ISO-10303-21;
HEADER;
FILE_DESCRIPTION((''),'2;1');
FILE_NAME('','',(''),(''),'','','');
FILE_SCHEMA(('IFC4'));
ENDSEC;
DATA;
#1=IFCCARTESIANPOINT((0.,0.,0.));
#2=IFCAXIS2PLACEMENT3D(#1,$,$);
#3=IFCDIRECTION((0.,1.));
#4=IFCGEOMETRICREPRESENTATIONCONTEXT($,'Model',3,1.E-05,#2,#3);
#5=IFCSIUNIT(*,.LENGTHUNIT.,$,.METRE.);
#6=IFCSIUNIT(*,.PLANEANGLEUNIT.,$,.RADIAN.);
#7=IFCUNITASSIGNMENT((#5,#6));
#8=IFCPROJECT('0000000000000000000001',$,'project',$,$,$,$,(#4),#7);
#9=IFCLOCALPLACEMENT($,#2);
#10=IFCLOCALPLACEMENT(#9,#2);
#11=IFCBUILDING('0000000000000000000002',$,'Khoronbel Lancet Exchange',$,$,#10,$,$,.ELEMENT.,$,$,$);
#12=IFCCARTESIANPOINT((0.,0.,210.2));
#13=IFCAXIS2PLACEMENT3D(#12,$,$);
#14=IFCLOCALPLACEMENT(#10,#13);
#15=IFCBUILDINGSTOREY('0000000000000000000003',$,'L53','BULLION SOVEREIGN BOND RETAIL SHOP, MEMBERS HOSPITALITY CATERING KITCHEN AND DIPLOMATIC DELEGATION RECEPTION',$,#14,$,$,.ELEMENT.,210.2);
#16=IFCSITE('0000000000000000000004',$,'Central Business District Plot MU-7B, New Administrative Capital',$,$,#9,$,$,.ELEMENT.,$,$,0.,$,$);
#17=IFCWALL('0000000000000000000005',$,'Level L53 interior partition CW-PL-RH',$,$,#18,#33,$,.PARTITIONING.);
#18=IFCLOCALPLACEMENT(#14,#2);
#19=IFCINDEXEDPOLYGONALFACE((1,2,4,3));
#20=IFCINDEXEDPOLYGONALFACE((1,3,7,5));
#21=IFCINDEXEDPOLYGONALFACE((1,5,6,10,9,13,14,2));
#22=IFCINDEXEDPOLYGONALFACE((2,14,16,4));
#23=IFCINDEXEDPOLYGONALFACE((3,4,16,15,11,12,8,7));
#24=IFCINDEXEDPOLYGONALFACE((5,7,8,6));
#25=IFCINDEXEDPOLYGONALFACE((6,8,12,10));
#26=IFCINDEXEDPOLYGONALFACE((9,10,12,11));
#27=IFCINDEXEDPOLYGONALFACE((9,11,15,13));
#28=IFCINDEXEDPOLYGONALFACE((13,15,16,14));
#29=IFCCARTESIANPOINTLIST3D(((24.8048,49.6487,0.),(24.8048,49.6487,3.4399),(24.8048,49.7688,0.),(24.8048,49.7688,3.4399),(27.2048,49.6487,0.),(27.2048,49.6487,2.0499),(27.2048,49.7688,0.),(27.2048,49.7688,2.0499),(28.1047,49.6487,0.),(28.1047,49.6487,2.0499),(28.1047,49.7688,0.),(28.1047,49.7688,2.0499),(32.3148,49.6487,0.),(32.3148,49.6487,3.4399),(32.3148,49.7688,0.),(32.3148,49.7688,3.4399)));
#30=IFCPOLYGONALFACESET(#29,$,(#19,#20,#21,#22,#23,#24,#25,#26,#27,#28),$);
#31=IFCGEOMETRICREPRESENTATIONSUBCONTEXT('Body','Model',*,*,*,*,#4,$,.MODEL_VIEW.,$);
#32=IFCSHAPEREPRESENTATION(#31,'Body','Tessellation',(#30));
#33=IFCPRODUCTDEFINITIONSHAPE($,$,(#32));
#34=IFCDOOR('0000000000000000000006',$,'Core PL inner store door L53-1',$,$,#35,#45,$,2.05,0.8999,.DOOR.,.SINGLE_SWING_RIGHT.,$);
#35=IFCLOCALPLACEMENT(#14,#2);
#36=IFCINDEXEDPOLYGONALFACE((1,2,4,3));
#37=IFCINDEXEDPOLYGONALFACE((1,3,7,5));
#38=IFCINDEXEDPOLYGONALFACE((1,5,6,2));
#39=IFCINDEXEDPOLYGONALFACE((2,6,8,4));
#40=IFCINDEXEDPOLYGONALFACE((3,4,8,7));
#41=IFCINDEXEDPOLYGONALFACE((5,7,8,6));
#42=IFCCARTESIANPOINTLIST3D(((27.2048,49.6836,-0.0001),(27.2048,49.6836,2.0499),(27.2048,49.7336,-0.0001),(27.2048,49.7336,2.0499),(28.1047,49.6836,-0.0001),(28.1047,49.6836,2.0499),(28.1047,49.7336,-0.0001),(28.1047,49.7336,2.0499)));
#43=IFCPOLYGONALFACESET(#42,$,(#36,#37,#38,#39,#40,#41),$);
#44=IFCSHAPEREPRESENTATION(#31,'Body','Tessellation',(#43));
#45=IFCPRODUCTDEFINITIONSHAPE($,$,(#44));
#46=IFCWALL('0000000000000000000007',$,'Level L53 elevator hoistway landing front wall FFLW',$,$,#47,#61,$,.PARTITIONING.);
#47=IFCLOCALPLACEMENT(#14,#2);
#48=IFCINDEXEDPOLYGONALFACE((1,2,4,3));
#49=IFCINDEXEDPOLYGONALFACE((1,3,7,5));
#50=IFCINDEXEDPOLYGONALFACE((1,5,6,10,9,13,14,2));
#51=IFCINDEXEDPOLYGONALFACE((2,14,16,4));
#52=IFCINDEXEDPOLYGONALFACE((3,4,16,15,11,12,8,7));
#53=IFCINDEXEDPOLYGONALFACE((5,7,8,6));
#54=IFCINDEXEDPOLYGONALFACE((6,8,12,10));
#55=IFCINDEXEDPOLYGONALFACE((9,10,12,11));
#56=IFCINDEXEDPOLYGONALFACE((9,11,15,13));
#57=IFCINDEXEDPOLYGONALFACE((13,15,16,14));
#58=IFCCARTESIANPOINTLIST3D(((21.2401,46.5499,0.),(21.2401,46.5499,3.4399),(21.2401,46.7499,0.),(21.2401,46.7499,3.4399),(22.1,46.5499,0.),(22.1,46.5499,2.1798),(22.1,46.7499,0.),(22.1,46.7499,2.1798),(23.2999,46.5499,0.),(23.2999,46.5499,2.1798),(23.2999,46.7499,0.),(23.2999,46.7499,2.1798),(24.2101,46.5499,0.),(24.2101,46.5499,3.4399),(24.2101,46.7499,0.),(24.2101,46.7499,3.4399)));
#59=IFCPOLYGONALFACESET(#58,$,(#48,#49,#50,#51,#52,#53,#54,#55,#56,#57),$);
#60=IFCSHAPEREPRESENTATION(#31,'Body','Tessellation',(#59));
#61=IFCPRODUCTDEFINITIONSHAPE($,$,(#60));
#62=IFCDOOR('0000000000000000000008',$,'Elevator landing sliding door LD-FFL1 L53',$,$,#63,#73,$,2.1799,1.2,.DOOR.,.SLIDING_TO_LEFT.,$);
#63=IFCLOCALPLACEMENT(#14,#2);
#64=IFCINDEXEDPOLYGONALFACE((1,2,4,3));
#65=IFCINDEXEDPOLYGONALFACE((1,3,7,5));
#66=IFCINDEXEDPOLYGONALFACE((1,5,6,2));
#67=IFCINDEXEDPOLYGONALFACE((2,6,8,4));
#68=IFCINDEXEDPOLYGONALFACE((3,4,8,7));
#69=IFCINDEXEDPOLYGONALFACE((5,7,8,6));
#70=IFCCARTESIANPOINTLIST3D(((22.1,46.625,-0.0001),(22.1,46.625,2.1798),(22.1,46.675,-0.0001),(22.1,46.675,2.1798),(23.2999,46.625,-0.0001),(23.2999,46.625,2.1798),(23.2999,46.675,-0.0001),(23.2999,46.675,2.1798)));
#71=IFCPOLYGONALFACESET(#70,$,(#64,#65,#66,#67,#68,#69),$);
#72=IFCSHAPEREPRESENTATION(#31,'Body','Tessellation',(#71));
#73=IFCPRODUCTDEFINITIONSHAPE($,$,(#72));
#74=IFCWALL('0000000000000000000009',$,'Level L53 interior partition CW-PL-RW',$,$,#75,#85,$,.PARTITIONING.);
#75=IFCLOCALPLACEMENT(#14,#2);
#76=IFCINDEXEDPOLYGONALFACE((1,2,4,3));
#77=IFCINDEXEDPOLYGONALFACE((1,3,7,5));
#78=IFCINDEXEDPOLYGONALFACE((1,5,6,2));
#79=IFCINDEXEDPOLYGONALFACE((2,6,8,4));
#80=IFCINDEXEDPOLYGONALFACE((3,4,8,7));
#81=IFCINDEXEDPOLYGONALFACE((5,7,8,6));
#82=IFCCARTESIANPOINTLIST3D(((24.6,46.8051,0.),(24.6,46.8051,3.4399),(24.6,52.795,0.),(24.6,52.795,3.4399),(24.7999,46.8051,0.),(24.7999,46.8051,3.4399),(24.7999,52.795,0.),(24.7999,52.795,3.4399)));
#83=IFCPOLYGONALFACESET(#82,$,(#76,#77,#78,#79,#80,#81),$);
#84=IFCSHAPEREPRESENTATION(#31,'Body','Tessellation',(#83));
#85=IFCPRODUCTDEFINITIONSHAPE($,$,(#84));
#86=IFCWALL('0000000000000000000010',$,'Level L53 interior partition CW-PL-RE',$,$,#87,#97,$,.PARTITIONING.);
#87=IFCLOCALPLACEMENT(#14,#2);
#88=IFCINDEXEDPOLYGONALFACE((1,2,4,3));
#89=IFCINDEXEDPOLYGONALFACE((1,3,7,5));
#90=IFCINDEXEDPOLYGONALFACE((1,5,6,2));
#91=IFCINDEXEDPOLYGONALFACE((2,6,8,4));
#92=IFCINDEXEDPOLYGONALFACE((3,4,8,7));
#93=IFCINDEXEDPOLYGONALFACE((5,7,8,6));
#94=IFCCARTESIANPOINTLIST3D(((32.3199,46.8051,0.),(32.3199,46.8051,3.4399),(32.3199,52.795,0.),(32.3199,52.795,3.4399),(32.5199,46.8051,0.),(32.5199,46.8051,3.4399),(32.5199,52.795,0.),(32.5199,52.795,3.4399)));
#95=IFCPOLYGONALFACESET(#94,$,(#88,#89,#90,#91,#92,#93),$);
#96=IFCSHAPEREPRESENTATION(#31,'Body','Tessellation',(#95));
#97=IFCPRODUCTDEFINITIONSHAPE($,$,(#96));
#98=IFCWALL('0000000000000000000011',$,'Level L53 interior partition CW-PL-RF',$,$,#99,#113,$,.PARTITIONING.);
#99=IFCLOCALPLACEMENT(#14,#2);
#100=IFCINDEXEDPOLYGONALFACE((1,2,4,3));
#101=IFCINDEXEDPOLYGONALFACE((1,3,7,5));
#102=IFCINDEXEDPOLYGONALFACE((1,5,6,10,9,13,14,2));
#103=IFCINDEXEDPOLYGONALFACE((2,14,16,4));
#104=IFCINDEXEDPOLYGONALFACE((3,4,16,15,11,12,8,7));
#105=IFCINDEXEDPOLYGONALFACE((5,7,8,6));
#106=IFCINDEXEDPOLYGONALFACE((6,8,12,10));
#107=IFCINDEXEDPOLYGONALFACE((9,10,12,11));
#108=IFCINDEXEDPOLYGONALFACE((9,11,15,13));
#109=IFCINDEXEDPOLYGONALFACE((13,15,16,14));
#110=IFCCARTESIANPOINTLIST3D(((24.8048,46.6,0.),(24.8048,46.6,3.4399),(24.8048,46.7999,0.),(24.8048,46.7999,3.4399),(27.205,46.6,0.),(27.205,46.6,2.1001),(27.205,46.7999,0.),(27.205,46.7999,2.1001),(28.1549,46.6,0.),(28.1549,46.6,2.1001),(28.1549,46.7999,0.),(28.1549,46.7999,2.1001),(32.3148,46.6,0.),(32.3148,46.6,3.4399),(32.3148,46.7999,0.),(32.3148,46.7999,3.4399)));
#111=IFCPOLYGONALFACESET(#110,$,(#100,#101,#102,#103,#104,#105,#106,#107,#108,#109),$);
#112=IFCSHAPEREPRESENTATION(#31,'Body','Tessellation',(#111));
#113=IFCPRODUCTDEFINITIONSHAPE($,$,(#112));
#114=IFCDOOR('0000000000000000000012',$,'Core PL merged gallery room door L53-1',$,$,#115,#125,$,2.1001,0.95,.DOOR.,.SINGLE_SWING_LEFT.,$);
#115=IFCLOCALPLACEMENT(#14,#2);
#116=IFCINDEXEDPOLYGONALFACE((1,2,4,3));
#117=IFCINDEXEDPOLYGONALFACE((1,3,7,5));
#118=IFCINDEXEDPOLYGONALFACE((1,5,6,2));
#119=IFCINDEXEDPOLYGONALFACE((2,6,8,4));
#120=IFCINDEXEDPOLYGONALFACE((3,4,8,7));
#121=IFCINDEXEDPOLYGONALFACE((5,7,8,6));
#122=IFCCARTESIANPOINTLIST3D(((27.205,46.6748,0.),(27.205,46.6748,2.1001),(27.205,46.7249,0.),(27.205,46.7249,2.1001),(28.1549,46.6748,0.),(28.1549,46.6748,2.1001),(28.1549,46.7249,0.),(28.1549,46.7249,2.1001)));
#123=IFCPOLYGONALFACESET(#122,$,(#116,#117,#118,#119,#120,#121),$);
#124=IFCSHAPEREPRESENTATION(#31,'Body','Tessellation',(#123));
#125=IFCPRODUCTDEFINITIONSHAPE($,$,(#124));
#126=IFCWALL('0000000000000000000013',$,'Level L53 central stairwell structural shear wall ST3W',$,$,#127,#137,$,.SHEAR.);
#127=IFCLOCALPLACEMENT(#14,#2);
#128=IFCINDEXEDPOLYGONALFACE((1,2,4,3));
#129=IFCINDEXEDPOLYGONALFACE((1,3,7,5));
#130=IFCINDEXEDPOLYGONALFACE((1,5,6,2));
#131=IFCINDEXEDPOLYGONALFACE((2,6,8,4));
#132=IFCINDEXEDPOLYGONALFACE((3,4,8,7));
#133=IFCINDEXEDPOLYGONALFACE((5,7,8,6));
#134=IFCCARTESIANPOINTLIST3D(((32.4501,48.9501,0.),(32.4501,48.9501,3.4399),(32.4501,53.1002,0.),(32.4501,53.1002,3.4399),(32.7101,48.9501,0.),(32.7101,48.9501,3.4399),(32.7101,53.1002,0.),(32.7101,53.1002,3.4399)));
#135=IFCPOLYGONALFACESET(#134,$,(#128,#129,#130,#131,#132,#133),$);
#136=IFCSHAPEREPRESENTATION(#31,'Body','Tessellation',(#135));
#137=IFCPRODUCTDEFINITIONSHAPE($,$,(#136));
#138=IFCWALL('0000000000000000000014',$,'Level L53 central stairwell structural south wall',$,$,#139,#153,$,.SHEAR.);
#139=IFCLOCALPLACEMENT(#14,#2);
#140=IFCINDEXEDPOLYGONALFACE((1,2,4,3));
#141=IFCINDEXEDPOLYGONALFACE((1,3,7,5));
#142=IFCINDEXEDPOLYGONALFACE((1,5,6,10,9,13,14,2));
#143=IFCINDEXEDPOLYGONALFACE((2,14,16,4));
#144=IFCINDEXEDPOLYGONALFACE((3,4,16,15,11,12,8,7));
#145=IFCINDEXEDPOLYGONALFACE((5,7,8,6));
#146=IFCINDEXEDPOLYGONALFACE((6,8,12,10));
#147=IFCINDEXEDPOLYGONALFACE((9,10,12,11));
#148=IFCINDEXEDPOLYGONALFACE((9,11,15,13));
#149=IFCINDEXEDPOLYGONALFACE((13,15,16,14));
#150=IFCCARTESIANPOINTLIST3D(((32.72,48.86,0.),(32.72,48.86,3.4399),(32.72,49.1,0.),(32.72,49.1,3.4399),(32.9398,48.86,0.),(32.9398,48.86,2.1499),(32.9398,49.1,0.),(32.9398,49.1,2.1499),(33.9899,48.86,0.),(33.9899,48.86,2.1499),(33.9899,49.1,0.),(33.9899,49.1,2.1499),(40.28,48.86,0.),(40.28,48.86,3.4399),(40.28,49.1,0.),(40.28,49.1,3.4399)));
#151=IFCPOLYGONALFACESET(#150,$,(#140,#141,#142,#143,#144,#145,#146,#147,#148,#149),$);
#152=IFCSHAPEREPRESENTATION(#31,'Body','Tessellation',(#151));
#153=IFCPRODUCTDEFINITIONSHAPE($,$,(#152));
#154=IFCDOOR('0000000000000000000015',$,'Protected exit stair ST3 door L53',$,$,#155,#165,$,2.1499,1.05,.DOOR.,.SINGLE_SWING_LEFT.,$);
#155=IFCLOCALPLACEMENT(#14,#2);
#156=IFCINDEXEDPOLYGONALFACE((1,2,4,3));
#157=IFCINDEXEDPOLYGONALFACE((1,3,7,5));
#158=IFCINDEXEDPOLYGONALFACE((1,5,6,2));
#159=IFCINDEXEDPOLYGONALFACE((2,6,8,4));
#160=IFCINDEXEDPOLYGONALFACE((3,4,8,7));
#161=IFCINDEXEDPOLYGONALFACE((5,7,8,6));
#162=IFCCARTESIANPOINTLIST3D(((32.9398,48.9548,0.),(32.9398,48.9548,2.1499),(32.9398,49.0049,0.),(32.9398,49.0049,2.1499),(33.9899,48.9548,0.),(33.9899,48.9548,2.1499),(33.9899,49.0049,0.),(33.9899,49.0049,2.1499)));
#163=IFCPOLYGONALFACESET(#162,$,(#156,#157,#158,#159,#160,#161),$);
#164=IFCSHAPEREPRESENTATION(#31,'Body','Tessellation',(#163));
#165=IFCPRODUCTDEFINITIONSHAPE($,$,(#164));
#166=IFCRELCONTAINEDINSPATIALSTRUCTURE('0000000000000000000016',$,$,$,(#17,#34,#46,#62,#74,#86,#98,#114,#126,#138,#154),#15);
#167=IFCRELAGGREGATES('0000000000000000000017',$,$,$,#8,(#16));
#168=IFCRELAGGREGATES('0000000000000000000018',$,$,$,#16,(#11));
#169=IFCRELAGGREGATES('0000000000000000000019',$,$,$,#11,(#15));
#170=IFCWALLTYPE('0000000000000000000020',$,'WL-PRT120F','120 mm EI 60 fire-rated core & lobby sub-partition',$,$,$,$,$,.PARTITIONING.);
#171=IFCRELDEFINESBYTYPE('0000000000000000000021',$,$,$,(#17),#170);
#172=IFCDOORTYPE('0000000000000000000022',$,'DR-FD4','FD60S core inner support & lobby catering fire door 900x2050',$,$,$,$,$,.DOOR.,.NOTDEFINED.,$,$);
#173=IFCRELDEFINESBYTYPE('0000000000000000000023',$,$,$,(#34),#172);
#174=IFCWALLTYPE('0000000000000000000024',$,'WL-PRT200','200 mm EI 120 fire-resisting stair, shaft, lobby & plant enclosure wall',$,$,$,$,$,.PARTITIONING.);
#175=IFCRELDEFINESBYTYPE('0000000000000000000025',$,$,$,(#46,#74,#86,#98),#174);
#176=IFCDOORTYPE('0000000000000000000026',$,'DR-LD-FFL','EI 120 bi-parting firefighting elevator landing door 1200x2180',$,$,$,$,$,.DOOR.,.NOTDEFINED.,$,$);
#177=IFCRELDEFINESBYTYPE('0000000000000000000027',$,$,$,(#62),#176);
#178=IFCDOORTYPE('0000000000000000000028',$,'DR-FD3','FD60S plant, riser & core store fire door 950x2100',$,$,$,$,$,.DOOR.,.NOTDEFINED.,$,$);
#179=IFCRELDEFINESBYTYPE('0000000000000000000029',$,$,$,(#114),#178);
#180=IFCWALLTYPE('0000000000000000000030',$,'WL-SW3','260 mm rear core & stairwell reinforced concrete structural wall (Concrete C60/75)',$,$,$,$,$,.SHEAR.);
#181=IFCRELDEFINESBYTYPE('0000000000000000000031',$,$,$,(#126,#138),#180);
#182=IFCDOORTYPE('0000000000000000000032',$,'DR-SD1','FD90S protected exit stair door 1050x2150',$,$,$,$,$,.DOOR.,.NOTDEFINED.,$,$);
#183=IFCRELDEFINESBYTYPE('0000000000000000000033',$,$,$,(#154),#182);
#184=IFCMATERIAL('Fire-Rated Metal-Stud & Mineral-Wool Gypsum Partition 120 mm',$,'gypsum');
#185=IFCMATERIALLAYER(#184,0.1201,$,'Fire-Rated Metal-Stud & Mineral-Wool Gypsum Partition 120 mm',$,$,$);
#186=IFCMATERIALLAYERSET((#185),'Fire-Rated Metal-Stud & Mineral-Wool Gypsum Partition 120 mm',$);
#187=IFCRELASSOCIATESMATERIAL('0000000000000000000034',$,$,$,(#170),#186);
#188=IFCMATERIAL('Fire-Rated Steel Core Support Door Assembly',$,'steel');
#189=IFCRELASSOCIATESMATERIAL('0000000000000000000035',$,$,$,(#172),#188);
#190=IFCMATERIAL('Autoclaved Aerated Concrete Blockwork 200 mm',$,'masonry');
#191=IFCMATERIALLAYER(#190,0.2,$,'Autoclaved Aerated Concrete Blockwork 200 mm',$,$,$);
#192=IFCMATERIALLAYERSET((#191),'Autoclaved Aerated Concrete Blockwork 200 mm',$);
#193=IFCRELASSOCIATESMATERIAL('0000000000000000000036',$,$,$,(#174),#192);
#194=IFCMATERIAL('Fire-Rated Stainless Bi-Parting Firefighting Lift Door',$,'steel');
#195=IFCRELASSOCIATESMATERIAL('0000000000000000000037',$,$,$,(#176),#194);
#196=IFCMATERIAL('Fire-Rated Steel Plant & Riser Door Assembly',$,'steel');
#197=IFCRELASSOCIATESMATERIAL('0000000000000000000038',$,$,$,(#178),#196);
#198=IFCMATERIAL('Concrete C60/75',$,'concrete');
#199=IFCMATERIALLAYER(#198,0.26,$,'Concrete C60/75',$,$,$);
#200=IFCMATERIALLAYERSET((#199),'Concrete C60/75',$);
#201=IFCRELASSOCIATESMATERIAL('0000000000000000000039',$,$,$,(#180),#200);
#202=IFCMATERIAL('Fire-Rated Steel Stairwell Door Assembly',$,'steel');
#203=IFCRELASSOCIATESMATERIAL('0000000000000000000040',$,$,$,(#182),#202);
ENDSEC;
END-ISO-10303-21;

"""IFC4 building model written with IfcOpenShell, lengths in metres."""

from ifc_helpers import new_model, si_unit, direction, frame, frame_2d, origin, place, context, subcontext, project, spatial, rectangle, extrude, material, layer, layer_set, type_object, element, fill, save


model = new_model("IFC4")

# Units and contexts
model_context = context("Model", 3, precision=1e-05, world=origin(), true_north=direction((0.0, 1.0)))
body_context = subcontext(model_context, "Body", "Model", "MODEL_VIEW")
ifc_project = project(units=[si_unit("LENGTHUNIT", "METRE"), si_unit("PLANEANGLEUNIT", "RADIAN")], contexts=[model_context])

# Site, building, storey
site_placement = place(None, origin())
site = spatial("IfcSite", under=ifc_project, at=site_placement, Name="Central Business District Plot MU-7B, New Administrative Capital", CompositionType="ELEMENT", RefElevation=0.0)
building_placement = place(site_placement, origin())
building = spatial("IfcBuilding", under=site, at=building_placement, Name="Khoronbel Lancet Exchange", CompositionType="ELEMENT")
storey_placement = place(building_placement, frame((0.0, 0.0, 210.2)))
storey = spatial("IfcBuildingStorey", under=building, at=storey_placement, Name="L53", Description="BULLION SOVEREIGN BOND RETAIL SHOP, MEMBERS HOSPITALITY CATERING KITCHEN AND DIPLOMATIC DELEGATION RECEPTION", CompositionType="ELEMENT", Elevation=210.2)

# Shared definitions
ifc_material_1 = material(Name="Fire-Rated Metal-Stud & Mineral-Wool Gypsum Partition 120 mm", Category="gypsum")
ifc_layer_1 = layer(ifc_material_1, 0.1201, Name="Fire-Rated Metal-Stud & Mineral-Wool Gypsum Partition 120 mm")
ifc_layer_set_1 = layer_set([ifc_layer_1], Name="Fire-Rated Metal-Stud & Mineral-Wool Gypsum Partition 120 mm")
wall_type_1 = type_object("IfcWallType", Name="WL-PRT120F", Description="120 mm EI 60 fire-rated core & lobby sub-partition", PredefinedType="PARTITIONING", material=ifc_layer_set_1)

# Walls, openings, doors
wall_1_placement = place(storey_placement, frame((24.8049, 49.7087, 0.0), z_axis=(0.0, 0.0, 1.0), x_axis=(1.0, 0.0, 0.0)))
wall_1 = element("IfcWall", 1, at=wall_1_placement, inside=storey, type_object=wall_type_1, Name="Level L53 interior partition CW-PL-RH", PredefinedType="PARTITIONING", context=body_context, shape_type="SweptSolid", body=[
    extrude(rectangle(XDim=7.51, YDim=0.1201, at=frame_2d((3.7549, 0.0))), origin(), (0.0, 0.0, 1.0), 3.4399),
])
opening_1_placement = place(wall_1_placement, frame((2.3999, 0.0, 0.0)))
opening_1 = element("IfcOpeningElement", 2, at=opening_1_placement, cuts=wall_1, PredefinedType="OPENING", context=body_context, shape_type="SweptSolid", body=[
    extrude(rectangle(XDim=0.8999, YDim=2.05, at=frame_2d((0.45, 1.0249))), frame((0.0, 0.0701, 0.0), z_axis=(0.0, -1.0, 0.0), x_axis=(1.0, 0.0, 0.0)), (0.0, 0.0, 1.0), 0.1401),
])
ifc_material_2 = material(Name="Fire-Rated Steel Core Support Door Assembly", Category="steel")
door_type_1 = type_object("IfcDoorType", Name="DR-FD4", Description="FD60S core inner support & lobby catering fire door 900x2050", OperationType="NOTDEFINED", PredefinedType="DOOR", material=ifc_material_2)
door_1_placement = place(opening_1_placement, origin())
door_1 = element("IfcDoor", 3, at=door_1_placement, inside=storey, type_object=door_type_1, Name="Core PL inner store door L53-1", OperationType="SINGLE_SWING_RIGHT", OverallHeight=2.05, OverallWidth=0.8999, PredefinedType="DOOR", context=body_context, shape_type="SweptSolid", body=[
    extrude(rectangle(XDim=0.8999, YDim=2.05, at=frame_2d((0.45, 1.0249))), frame((0.0, 0.0249, 0.0), z_axis=(0.0, -1.0, 0.0), x_axis=(1.0, 0.0, 0.0)), (0.0, 0.0, 1.0), 0.05),
])
fill(opening_1, door_1)
ifc_material_3 = material(Name="Autoclaved Aerated Concrete Blockwork 200 mm", Category="masonry")
ifc_layer_2 = layer(ifc_material_3, 0.2, Name="Autoclaved Aerated Concrete Blockwork 200 mm")
ifc_layer_set_2 = layer_set([ifc_layer_2], Name="Autoclaved Aerated Concrete Blockwork 200 mm")
wall_type_2 = type_object("IfcWallType", Name="WL-PRT200", Description="200 mm EI 120 fire-resisting stair, shaft, lobby & plant enclosure wall", PredefinedType="PARTITIONING", material=ifc_layer_set_2)
wall_2_placement = place(storey_placement, frame((24.21, 46.6499, 0.0), z_axis=(0.0, 0.0, 1.0), x_axis=(-1.0, 0.0, 0.0)))
wall_2 = element("IfcWall", 4, at=wall_2_placement, inside=storey, type_object=wall_type_2, Name="Level L53 elevator hoistway landing front wall FFLW", PredefinedType="PARTITIONING", context=body_context, shape_type="SweptSolid", body=[
    extrude(rectangle(XDim=2.97, YDim=0.2, at=frame_2d((1.4849, 0.0))), origin(), (0.0, 0.0, 1.0), 3.4399),
])
opening_2_placement = place(wall_2_placement, frame((0.9099, 0.0, 0.0)))
opening_2 = element("IfcOpeningElement", 5, at=opening_2_placement, cuts=wall_2, PredefinedType="OPENING", context=body_context, shape_type="SweptSolid", body=[
    extrude(rectangle(XDim=1.2, YDim=2.1799, at=frame_2d((0.6001, 1.0898))), frame((0.0, 0.1099, 0.0), z_axis=(0.0, -1.0, 0.0), x_axis=(1.0, 0.0, 0.0)), (0.0, 0.0, 1.0), 0.22),
])
ifc_material_4 = material(Name="Fire-Rated Stainless Bi-Parting Firefighting Lift Door", Category="steel")
door_type_2 = type_object("IfcDoorType", Name="DR-LD-FFL", Description="EI 120 bi-parting firefighting elevator landing door 1200x2180", OperationType="NOTDEFINED", PredefinedType="DOOR", material=ifc_material_4)
door_2_placement = place(opening_2_placement, origin())
door_2 = element("IfcDoor", 6, at=door_2_placement, inside=storey, type_object=door_type_2, Name="Elevator landing sliding door LD-FFL1 L53", OperationType="SLIDING_TO_LEFT", OverallHeight=2.1799, OverallWidth=1.2, PredefinedType="DOOR", context=body_context, shape_type="SweptSolid", body=[
    extrude(rectangle(XDim=1.2, YDim=2.1799, at=frame_2d((0.6001, 1.0898))), frame((0.0, 0.0249, 0.0), z_axis=(0.0, -1.0, 0.0), x_axis=(1.0, 0.0, 0.0)), (0.0, 0.0, 1.0), 0.05),
])
fill(opening_2, door_2)

# Walls
for number, where, z_axis, x_axis, name in (
    (7, (24.7, 46.8049, 0.0), (0.0, 0.0, 1.0), (0.0, 1.0, 0.0), "Level L53 interior partition CW-PL-RW"),
    (8, (32.4199, 46.8049, 0.0), (0.0, 0.0, 1.0), (0.0, 1.0, 0.0), "Level L53 interior partition CW-PL-RE"),
):
    element("IfcWall", number, at=place(storey_placement, frame(where, z_axis=z_axis, x_axis=x_axis)), inside=storey, type_object=wall_type_2, Name=name, PredefinedType="PARTITIONING", context=body_context, shape_type="SweptSolid", body=[
        extrude(rectangle(XDim=5.99, YDim=0.2, at=frame_2d((2.9951, 0.0))), origin(), (0.0, 0.0, 1.0), 3.4399),
    ])

# Wall, opening, door
wall_3_placement = place(storey_placement, frame((24.8049, 46.7, 0.0), z_axis=(0.0, 0.0, 1.0), x_axis=(1.0, 0.0, 0.0)))
wall_3 = element("IfcWall", 9, at=wall_3_placement, inside=storey, type_object=wall_type_2, Name="Level L53 interior partition CW-PL-RF", PredefinedType="PARTITIONING", context=body_context, shape_type="SweptSolid", body=[
    extrude(rectangle(XDim=7.51, YDim=0.2, at=frame_2d((3.7549, 0.0))), origin(), (0.0, 0.0, 1.0), 3.4399),
])
opening_3_placement = place(wall_3_placement, frame((2.3999, 0.0, 0.0)))
opening_3 = element("IfcOpeningElement", 10, at=opening_3_placement, cuts=wall_3, PredefinedType="OPENING", context=body_context, shape_type="SweptSolid", body=[
    extrude(rectangle(XDim=0.95, YDim=2.1001, at=frame_2d((0.4751, 1.05))), frame((0.0, 0.1099, 0.0), z_axis=(0.0, -1.0, 0.0), x_axis=(1.0, 0.0, 0.0)), (0.0, 0.0, 1.0), 0.22),
])
ifc_material_5 = material(Name="Fire-Rated Steel Plant & Riser Door Assembly", Category="steel")
door_type_3 = type_object("IfcDoorType", Name="DR-FD3", Description="FD60S plant, riser & core store fire door 950x2100", OperationType="NOTDEFINED", PredefinedType="DOOR", material=ifc_material_5)
door_3_placement = place(opening_3_placement, origin())
door_3 = element("IfcDoor", 11, at=door_3_placement, inside=storey, type_object=door_type_3, Name="Core PL merged gallery room door L53-1", OperationType="SINGLE_SWING_LEFT", OverallHeight=2.1001, OverallWidth=0.95, PredefinedType="DOOR", context=body_context, shape_type="SweptSolid", body=[
    extrude(rectangle(XDim=0.95, YDim=2.1001, at=frame_2d((0.4751, 1.05))), frame((0.0, 0.0249, 0.0), z_axis=(0.0, -1.0, 0.0), x_axis=(1.0, 0.0, 0.0)), (0.0, 0.0, 1.0), 0.05),
])
fill(opening_3, door_3)

# Wall
ifc_material_6 = material(Name="Concrete C60/75", Category="concrete")
ifc_layer_3 = layer(ifc_material_6, 0.26, Name="Concrete C60/75")
ifc_layer_set_3 = layer_set([ifc_layer_3], Name="Concrete C60/75")
wall_type_3 = type_object("IfcWallType", Name="WL-SW3", Description="260 mm rear core & stairwell reinforced concrete structural wall (Concrete C60/75)", PredefinedType="SHEAR", material=ifc_layer_set_3)
wall_4_placement = place(storey_placement, frame((32.5801, 48.95, 0.0), z_axis=(0.0, 0.0, 1.0), x_axis=(0.0, 1.0, 0.0)))
element("IfcWall", 12, at=wall_4_placement, inside=storey, type_object=wall_type_3, Name="Level L53 central stairwell structural shear wall ST3W", PredefinedType="SHEAR", context=body_context, shape_type="SweptSolid", body=[
    extrude(rectangle(XDim=4.1501, YDim=0.26, at=frame_2d((2.0752, 0.0))), origin(), (0.0, 0.0, 1.0), 3.4399),
])

# Wall, opening, door
wall_5_placement = place(storey_placement, frame((32.72, 48.98, 0.0), z_axis=(0.0, 0.0, 1.0), x_axis=(1.0, 0.0, 0.0)))
wall_5 = element("IfcWall", 13, at=wall_5_placement, inside=storey, type_object=wall_type_3, Name="Level L53 central stairwell structural south wall", PredefinedType="SHEAR", context=body_context, shape_type="SweptSolid", body=[
    extrude(rectangle(XDim=7.5601, YDim=0.24, at=frame_2d((3.78, 0.0))), origin(), (0.0, 0.0, 1.0), 3.4399),
])
opening_4_placement = place(wall_5_placement, frame((0.22, 0.0, 0.0)))
opening_4 = element("IfcOpeningElement", 14, at=opening_4_placement, cuts=wall_5, PredefinedType="OPENING", context=body_context, shape_type="SweptSolid", body=[
    extrude(rectangle(XDim=1.05, YDim=2.1499, at=frame_2d((0.5249, 1.075))), frame((0.0, 0.1299, 0.0), z_axis=(0.0, -1.0, 0.0), x_axis=(1.0, 0.0, 0.0)), (0.0, 0.0, 1.0), 0.26),
])
ifc_material_7 = material(Name="Fire-Rated Steel Stairwell Door Assembly", Category="steel")
door_type_4 = type_object("IfcDoorType", Name="DR-SD1", Description="FD90S protected exit stair door 1050x2150", OperationType="NOTDEFINED", PredefinedType="DOOR", material=ifc_material_7)
door_4_placement = place(opening_4_placement, origin())
door_4 = element("IfcDoor", 15, at=door_4_placement, inside=storey, type_object=door_type_4, Name="Protected exit stair ST3 door L53", OperationType="SINGLE_SWING_LEFT", OverallHeight=2.1499, OverallWidth=1.05, PredefinedType="DOOR", context=body_context, shape_type="SweptSolid", body=[
    extrude(rectangle(XDim=1.05, YDim=2.1499, at=frame_2d((0.5249, 1.075))), frame((0.0, 0.0249, 0.0), z_axis=(0.0, -1.0, 0.0), x_axis=(1.0, 0.0, 0.0)), (0.0, 0.0, 1.0), 0.05),
])
fill(opening_4, door_4)

save(model, "model.ifc")
